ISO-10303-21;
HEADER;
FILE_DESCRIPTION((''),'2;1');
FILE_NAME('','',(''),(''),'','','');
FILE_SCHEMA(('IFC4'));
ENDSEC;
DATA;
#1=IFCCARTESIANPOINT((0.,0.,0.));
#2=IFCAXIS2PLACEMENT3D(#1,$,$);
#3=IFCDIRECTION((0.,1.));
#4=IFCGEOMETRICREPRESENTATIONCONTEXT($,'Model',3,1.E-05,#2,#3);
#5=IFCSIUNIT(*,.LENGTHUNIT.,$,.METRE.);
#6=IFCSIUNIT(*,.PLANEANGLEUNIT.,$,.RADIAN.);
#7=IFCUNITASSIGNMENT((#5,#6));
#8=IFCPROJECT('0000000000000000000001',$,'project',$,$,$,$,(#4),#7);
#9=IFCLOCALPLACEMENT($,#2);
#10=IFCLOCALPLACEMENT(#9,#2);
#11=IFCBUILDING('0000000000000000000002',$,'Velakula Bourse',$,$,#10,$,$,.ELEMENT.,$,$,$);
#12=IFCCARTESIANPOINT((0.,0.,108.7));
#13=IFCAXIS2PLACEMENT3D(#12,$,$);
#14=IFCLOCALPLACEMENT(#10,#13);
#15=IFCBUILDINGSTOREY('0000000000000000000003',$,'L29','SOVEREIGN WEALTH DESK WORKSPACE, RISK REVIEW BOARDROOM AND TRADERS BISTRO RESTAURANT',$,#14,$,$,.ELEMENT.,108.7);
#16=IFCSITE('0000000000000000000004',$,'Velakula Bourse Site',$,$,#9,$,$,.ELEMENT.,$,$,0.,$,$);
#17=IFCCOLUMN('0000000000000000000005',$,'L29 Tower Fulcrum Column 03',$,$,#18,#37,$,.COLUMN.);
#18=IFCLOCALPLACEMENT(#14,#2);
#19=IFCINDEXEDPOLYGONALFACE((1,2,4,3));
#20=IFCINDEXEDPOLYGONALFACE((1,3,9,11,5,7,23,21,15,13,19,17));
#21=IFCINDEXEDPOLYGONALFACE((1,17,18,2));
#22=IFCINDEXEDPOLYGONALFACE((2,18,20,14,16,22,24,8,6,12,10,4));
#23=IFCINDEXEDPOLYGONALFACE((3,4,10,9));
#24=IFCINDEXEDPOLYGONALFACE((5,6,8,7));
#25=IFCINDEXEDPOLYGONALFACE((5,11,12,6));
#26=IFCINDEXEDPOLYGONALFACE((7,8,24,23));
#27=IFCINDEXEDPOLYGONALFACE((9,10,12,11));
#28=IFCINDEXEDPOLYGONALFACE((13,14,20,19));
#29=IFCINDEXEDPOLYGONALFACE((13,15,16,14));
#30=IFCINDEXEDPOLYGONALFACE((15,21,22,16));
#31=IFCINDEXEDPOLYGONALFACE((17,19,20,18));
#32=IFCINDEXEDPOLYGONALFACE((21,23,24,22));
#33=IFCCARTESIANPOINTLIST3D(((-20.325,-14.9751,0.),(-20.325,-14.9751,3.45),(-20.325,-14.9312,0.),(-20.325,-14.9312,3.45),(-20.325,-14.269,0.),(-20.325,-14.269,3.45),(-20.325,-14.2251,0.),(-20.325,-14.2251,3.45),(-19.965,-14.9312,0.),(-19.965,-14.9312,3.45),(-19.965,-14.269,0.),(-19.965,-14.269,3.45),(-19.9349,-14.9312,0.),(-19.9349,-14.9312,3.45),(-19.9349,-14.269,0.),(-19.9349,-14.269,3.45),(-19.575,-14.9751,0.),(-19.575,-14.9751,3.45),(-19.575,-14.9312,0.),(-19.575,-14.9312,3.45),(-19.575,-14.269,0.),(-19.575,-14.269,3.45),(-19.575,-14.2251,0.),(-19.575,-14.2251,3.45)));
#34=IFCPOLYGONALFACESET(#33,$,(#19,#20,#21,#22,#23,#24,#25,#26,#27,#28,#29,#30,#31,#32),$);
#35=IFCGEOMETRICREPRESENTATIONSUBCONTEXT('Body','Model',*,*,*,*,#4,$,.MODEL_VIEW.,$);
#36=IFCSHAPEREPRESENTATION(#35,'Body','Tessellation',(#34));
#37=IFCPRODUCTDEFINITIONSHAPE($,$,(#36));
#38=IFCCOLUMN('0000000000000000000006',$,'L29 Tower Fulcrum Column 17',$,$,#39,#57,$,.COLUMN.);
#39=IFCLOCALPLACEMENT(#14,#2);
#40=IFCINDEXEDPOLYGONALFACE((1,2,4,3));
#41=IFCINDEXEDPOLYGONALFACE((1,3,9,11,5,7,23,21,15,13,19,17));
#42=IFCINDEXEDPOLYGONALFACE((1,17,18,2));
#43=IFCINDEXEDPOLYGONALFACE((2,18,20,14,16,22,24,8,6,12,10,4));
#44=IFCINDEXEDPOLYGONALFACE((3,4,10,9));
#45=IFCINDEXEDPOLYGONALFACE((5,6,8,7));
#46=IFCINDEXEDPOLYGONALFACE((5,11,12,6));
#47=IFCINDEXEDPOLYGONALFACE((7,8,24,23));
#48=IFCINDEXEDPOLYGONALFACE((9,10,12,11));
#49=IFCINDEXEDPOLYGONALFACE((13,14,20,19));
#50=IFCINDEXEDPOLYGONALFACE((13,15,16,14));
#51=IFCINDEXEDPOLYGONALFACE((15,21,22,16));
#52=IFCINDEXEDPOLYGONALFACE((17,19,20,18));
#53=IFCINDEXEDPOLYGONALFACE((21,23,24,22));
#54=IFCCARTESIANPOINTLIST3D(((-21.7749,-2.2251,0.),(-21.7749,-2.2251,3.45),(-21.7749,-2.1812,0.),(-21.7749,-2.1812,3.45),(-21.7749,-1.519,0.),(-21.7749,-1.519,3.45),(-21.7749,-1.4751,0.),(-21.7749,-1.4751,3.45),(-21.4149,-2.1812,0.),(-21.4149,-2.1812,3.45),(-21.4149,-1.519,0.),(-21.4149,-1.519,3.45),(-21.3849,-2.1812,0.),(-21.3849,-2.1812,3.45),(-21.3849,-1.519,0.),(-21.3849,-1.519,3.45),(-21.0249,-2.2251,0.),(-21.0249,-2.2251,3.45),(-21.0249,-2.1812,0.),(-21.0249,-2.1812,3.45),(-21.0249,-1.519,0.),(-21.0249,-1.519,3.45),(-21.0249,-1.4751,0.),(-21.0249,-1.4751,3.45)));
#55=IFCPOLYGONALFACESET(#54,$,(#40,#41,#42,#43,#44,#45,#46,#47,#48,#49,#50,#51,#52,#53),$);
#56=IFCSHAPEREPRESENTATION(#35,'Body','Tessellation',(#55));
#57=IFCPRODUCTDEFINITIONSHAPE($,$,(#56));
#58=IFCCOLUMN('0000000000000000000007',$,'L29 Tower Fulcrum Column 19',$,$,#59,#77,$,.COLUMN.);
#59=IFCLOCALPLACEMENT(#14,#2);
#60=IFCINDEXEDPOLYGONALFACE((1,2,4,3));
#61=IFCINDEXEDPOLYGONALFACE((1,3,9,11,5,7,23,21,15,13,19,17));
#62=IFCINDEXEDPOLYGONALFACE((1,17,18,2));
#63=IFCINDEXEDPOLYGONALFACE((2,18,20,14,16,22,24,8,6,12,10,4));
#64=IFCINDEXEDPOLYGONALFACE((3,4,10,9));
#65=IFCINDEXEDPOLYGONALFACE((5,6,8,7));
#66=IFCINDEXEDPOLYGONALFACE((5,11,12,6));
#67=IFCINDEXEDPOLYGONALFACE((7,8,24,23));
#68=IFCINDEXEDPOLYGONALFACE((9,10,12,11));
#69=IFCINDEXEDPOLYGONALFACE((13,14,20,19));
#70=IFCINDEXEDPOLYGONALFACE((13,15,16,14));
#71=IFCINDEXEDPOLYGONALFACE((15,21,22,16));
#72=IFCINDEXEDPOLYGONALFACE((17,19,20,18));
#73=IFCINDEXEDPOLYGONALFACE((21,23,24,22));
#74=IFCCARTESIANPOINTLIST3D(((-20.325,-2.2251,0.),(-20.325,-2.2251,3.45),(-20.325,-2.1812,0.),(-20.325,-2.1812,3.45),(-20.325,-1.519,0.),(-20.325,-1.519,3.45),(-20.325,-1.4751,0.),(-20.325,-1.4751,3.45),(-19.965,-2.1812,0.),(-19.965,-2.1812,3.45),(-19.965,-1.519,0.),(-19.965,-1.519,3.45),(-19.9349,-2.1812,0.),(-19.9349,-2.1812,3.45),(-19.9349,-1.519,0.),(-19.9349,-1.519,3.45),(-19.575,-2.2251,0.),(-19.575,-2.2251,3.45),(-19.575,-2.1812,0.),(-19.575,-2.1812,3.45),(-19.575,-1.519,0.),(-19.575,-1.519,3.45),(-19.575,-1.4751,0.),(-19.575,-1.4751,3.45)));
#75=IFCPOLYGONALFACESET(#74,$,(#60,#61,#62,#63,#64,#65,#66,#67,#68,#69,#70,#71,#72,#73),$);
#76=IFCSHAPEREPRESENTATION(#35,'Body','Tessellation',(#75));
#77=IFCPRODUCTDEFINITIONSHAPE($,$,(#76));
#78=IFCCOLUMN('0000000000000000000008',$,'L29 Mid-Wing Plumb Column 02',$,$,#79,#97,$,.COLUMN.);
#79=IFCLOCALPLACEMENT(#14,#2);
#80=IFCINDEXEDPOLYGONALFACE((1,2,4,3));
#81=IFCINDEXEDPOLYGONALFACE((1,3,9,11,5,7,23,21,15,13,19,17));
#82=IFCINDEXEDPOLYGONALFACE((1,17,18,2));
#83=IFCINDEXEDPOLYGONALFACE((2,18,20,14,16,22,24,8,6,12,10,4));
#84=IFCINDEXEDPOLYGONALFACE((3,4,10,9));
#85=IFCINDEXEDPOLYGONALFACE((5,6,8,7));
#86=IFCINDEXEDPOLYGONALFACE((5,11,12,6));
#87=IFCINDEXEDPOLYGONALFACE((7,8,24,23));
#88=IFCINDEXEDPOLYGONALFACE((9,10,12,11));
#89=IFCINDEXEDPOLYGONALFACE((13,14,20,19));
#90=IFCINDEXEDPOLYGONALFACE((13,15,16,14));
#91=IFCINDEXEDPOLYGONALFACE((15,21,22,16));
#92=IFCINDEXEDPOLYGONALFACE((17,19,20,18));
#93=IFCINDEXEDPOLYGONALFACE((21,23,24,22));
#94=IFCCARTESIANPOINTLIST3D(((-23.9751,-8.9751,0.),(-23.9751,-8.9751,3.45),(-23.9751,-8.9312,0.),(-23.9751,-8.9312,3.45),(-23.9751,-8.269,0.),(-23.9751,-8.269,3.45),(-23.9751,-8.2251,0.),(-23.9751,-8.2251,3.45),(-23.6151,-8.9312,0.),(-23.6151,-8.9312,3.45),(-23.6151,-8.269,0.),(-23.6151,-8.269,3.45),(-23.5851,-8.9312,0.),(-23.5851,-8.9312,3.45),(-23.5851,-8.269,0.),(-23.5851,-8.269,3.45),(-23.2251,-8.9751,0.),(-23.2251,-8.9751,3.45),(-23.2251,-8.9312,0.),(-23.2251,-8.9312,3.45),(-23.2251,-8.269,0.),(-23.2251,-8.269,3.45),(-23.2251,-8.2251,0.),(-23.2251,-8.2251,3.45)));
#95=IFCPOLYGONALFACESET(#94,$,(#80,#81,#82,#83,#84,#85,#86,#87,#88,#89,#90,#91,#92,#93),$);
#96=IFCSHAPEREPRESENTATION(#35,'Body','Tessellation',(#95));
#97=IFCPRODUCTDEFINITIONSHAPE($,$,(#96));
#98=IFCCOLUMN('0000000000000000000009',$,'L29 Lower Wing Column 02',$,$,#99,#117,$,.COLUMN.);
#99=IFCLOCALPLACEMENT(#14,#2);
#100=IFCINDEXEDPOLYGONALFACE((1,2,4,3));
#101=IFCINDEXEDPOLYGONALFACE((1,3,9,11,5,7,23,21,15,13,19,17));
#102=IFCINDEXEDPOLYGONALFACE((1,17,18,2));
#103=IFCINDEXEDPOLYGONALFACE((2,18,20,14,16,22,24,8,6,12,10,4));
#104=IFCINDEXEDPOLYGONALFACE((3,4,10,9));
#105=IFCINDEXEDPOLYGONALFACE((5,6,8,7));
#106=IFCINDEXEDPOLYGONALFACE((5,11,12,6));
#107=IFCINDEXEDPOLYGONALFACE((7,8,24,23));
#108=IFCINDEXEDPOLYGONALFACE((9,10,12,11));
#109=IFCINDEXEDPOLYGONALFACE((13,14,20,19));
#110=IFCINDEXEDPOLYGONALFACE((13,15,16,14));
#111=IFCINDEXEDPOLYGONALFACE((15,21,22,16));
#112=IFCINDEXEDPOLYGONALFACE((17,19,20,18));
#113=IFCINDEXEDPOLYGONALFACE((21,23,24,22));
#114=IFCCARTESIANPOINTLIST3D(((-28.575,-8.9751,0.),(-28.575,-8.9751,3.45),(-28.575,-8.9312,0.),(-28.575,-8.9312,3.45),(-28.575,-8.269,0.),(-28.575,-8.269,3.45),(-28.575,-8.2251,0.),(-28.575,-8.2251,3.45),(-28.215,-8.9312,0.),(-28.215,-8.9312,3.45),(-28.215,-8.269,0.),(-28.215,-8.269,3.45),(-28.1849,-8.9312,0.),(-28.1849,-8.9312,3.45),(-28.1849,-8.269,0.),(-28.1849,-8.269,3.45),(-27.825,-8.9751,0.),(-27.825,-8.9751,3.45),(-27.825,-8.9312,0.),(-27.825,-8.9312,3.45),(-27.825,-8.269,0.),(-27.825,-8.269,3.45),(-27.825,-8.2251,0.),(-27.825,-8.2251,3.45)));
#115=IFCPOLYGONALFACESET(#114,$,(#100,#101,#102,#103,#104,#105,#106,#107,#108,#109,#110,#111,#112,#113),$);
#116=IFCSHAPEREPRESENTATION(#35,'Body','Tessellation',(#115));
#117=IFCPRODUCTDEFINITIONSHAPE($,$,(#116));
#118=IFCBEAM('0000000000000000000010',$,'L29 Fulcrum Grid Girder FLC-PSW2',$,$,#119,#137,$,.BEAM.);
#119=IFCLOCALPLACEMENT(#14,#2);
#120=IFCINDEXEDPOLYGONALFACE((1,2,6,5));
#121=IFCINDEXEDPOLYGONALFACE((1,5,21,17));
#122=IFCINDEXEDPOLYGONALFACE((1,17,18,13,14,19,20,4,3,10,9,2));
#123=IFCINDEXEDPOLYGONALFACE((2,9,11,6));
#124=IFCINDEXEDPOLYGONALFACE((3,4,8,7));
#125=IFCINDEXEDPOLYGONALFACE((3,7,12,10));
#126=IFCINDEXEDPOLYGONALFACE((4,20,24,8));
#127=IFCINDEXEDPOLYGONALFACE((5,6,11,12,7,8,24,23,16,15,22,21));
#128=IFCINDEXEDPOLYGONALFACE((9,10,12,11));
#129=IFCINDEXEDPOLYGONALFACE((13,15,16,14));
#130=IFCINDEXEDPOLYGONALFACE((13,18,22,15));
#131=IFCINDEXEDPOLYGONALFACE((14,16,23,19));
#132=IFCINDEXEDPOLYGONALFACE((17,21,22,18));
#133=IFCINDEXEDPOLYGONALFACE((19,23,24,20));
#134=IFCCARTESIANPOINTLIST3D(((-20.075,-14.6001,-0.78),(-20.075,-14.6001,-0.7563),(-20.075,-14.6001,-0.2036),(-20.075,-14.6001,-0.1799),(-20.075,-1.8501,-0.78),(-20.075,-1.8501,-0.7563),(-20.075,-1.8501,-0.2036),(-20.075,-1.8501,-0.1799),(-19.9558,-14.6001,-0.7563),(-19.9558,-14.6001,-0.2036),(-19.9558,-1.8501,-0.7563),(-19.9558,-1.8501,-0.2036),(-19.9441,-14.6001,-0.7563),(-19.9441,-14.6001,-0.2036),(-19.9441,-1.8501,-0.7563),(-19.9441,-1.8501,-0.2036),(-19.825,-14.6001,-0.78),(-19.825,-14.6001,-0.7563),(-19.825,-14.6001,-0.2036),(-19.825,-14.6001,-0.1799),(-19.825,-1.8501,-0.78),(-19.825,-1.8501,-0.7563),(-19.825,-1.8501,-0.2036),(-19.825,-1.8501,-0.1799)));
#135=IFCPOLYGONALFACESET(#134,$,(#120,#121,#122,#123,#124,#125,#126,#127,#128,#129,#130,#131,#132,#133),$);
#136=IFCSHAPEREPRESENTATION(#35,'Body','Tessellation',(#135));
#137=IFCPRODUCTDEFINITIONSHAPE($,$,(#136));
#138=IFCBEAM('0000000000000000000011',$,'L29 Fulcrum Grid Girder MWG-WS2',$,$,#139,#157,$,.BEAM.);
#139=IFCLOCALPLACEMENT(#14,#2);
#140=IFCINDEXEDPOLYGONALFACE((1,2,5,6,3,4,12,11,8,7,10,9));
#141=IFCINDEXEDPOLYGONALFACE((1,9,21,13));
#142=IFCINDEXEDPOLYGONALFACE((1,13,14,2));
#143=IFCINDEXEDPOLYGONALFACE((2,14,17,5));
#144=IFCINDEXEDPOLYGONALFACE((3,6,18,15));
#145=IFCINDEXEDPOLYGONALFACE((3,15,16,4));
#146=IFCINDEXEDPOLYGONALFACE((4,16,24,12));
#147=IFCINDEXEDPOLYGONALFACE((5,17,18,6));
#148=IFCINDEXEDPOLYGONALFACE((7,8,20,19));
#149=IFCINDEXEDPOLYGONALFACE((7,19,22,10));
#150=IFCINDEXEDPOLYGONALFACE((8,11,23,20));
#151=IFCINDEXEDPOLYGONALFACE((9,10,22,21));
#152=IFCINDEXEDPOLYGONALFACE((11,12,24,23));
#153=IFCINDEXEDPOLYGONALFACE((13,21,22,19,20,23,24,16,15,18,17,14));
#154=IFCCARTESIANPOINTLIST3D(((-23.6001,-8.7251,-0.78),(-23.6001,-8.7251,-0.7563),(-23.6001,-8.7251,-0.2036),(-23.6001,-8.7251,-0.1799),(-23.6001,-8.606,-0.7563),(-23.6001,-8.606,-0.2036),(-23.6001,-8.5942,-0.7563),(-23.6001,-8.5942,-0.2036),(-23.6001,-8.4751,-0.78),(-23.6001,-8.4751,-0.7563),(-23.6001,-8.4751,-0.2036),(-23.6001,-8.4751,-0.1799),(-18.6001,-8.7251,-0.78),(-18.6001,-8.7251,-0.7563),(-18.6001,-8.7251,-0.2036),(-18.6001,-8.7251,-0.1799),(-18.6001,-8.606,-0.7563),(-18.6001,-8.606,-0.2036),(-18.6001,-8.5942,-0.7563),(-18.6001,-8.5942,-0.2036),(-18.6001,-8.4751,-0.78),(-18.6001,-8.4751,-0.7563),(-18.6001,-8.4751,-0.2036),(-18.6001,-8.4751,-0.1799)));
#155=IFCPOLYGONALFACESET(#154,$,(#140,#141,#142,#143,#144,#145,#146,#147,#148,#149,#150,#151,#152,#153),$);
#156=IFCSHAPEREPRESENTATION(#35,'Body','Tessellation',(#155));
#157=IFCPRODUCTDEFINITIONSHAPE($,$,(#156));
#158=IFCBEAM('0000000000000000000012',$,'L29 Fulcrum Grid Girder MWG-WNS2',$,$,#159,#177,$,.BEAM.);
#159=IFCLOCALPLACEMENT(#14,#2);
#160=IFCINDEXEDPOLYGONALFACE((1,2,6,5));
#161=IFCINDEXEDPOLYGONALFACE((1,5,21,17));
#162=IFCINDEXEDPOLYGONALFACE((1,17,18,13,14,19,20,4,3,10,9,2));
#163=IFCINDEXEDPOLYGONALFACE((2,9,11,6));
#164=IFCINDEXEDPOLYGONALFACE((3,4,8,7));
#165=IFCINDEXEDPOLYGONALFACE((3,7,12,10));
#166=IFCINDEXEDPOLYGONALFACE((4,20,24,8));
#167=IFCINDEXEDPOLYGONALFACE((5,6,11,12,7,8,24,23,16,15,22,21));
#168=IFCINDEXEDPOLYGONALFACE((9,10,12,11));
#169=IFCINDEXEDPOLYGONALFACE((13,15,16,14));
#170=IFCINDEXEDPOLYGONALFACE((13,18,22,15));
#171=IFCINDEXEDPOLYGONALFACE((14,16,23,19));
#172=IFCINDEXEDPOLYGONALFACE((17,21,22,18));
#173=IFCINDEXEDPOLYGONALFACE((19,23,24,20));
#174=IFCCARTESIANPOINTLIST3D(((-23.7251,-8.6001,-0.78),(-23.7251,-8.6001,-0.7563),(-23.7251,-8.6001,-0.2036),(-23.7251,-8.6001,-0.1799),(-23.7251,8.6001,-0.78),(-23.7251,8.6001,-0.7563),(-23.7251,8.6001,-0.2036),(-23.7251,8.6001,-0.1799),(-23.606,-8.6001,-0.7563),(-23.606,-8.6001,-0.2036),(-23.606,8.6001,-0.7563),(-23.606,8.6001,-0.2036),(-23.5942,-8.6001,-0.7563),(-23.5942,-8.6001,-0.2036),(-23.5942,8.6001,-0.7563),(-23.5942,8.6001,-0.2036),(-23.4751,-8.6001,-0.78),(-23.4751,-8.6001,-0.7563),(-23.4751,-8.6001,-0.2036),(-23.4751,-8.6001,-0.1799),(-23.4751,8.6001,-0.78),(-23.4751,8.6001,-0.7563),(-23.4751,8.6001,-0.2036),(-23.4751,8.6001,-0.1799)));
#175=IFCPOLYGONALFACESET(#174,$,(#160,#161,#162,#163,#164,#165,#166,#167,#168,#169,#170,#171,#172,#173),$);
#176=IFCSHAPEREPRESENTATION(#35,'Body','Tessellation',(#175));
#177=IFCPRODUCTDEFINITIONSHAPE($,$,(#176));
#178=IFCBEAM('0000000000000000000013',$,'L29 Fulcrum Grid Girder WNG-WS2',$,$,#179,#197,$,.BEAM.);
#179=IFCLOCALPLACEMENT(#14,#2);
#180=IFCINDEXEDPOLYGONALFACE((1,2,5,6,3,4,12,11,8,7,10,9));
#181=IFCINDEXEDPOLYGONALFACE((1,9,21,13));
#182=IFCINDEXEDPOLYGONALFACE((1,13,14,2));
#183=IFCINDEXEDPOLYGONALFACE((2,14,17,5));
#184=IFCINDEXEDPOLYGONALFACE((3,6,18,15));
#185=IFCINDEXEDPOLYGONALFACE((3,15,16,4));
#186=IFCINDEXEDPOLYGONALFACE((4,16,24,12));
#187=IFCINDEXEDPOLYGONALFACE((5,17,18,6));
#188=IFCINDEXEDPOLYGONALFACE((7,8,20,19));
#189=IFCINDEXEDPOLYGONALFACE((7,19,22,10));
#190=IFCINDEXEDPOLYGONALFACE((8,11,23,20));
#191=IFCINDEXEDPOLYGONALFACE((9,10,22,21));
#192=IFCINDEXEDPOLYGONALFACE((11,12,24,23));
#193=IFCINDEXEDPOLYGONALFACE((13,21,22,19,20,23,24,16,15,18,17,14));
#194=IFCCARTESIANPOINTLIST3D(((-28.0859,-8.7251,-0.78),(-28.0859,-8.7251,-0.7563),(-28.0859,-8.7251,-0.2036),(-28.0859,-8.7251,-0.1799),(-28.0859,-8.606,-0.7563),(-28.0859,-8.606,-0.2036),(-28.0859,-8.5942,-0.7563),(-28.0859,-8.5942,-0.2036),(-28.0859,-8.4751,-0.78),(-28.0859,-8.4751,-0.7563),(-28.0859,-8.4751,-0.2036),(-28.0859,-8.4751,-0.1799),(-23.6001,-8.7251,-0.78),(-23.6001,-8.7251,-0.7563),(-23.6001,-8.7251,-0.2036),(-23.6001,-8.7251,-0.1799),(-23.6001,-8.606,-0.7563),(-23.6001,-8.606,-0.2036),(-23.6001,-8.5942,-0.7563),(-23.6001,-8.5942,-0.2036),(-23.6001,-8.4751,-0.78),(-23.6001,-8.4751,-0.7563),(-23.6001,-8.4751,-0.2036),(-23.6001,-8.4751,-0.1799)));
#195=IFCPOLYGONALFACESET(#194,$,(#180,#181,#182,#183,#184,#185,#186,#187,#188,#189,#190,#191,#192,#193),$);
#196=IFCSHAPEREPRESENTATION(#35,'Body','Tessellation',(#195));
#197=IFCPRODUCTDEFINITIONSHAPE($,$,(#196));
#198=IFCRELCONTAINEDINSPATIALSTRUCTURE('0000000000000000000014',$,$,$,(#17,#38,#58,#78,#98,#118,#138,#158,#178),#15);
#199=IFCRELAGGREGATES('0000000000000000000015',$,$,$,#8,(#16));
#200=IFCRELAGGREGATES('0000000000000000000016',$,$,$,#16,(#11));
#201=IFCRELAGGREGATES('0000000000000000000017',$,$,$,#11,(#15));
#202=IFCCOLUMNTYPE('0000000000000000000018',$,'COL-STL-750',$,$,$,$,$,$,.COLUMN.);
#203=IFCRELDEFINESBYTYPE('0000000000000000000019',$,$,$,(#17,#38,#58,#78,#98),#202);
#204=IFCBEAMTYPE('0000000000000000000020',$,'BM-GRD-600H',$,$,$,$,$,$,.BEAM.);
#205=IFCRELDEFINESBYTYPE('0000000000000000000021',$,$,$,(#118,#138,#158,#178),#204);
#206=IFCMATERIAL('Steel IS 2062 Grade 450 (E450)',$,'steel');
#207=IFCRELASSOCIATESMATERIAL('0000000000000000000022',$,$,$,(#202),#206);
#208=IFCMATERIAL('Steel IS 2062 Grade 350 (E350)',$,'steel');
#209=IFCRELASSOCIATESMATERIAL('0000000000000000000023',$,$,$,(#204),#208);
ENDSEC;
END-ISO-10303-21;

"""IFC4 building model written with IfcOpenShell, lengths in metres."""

from ifc_helpers import new_model, si_unit, direction, frame, origin, origin_2d, place, context, subcontext, project, spatial, i_section, extrude, material, material_profile, profile_set, type_object, element, save


model = new_model("IFC4")

# Units and contexts
model_context = context("Model", 3, precision=1e-05, world=origin(), true_north=direction((0.0, 1.0)))
body_context = subcontext(model_context, "Body", "Model", "MODEL_VIEW")
ifc_project = project(units=[si_unit("LENGTHUNIT", "METRE"), si_unit("PLANEANGLEUNIT", "RADIAN")], contexts=[model_context])

# Site, building, storey
site_placement = place(None, origin())
site = spatial("IfcSite", under=ifc_project, at=site_placement, Name="Velakula Bourse Site", CompositionType="ELEMENT", RefElevation=0.0)
building_placement = place(site_placement, origin())
building = spatial("IfcBuilding", under=site, at=building_placement, Name="Velakula Bourse", CompositionType="ELEMENT")
storey_placement = place(building_placement, frame((0.0, 0.0, 108.7)))
storey = spatial("IfcBuildingStorey", under=building, at=storey_placement, Name="L29", Description="SOVEREIGN WEALTH DESK WORKSPACE, RISK REVIEW BOARDROOM AND TRADERS BISTRO RESTAURANT", CompositionType="ELEMENT", Elevation=108.7)

# Columns
ifc_material_1 = material(Name="Steel IS 2062 Grade 450 (E450)", Category="steel")
ifc_material_profile_1 = material_profile(ifc_material_1, i_section(OverallWidth=0.75, OverallDepth=0.75, WebThickness=0.03, FlangeThickness=0.0439, at=origin_2d()), Name="Steel IS 2062 Grade 450 (E450)")
ifc_profile_set_1 = profile_set([ifc_material_profile_1], Name="Steel IS 2062 Grade 450 (E450)")
column_type = type_object("IfcColumnType", Name="COL-STL-750", PredefinedType="COLUMN", material=ifc_profile_set_1)
for number, where, z_axis, x_axis, name in (
    (1, (-19.95, -14.6001, 0.0), (0.0, 0.0, 1.0), (1.0, 0.0, 0.0), "L29 Tower Fulcrum Column 03"),
    (2, (-21.3999, -1.8501, 0.0), (0.0, 0.0, 1.0), (1.0, 0.0, 0.0), "L29 Tower Fulcrum Column 17"),
    (3, (-19.95, -1.8501, 0.0), (0.0, 0.0, 1.0), (1.0, 0.0, 0.0), "L29 Tower Fulcrum Column 19"),
    (4, (-23.6001, -8.6001, 0.0), (0.0, 0.0, 1.0), (1.0, 0.0, 0.0), "L29 Mid-Wing Plumb Column 02"),
    (5, (-28.2, -8.6001, 0.0), (0.0, 0.0, 1.0), (1.0, 0.0, 0.0), "L29 Lower Wing Column 02"),
):
    element("IfcColumn", number, at=place(storey_placement, frame(where, z_axis=z_axis, x_axis=x_axis)), inside=storey, type_object=column_type, Name=name, PredefinedType="COLUMN", context=body_context, shape_type="SweptSolid", body=[
        extrude(i_section(OverallWidth=0.75, OverallDepth=0.75, WebThickness=0.03, FlangeThickness=0.0439, at=origin_2d()), origin(), (0.0, 0.0, 1.0), 3.45),
    ])

# Beams
ifc_material_2 = material(Name="Steel IS 2062 Grade 350 (E350)", Category="steel")
ifc_material_profile_2 = material_profile(ifc_material_2, i_section(OverallWidth=0.25, OverallDepth=0.6001, WebThickness=0.0117, FlangeThickness=0.0237, at=origin_2d()), Name="Steel IS 2062 Grade 350 (E350)")
ifc_profile_set_2 = profile_set([ifc_material_profile_2], Name="Steel IS 2062 Grade 350 (E350)")
beam_type_1 = type_object("IfcBeamType", Name="BM-GRD-600H", PredefinedType="BEAM", material=ifc_profile_set_2)
beam_1_placement = place(storey_placement, frame((-19.95, -14.6001, -0.48), z_axis=(0.0, 1.0, 0.0), x_axis=(-1.0, 0.0, 0.0)))
element("IfcBeam", 6, at=beam_1_placement, inside=storey, type_object=beam_type_1, Name="L29 Fulcrum Grid Girder FLC-PSW2", PredefinedType="BEAM", context=body_context, shape_type="SweptSolid", body=[
    extrude(i_section(OverallWidth=0.25, OverallDepth=0.6001, WebThickness=0.0117, FlangeThickness=0.0237, at=origin_2d()), origin(), (0.0, 0.0, 1.0), 12.75),
])
beam_2_placement = place(storey_placement, frame((-23.6001, -8.6001, -0.48), z_axis=(1.0, 0.0, 0.0), x_axis=(0.0, 1.0, 0.0)))
element("IfcBeam", 7, at=beam_2_placement, inside=storey, type_object=beam_type_1, Name="L29 Fulcrum Grid Girder MWG-WS2", PredefinedType="BEAM", context=body_context, shape_type="SweptSolid", body=[
    extrude(i_section(OverallWidth=0.25, OverallDepth=0.6001, WebThickness=0.0117, FlangeThickness=0.0237, at=origin_2d()), origin(), (0.0, 0.0, 1.0), 5.0),
])
beam_3_placement = place(storey_placement, frame((-23.6001, -8.6001, -0.48), z_axis=(0.0, 1.0, 0.0), x_axis=(-1.0, 0.0, 0.0)))
element("IfcBeam", 8, at=beam_3_placement, inside=storey, type_object=beam_type_1, Name="L29 Fulcrum Grid Girder MWG-WNS2", PredefinedType="BEAM", context=body_context, shape_type="SweptSolid", body=[
    extrude(i_section(OverallWidth=0.25, OverallDepth=0.6001, WebThickness=0.0117, FlangeThickness=0.0237, at=origin_2d()), origin(), (0.0, 0.0, 1.0), 17.2002),
])
beam_4_placement = place(storey_placement, frame((-28.0859, -8.6001, -0.48), z_axis=(1.0, 0.0, 0.0), x_axis=(0.0, 1.0, 0.0)))
element("IfcBeam", 9, at=beam_4_placement, inside=storey, type_object=beam_type_1, Name="L29 Fulcrum Grid Girder WNG-WS2", PredefinedType="BEAM", context=body_context, shape_type="SweptSolid", body=[
    extrude(i_section(OverallWidth=0.25, OverallDepth=0.6001, WebThickness=0.0117, FlangeThickness=0.0237, at=origin_2d()), origin(), (0.0, 0.0, 1.0), 4.4858),
])

save(model, "model.ifc")
